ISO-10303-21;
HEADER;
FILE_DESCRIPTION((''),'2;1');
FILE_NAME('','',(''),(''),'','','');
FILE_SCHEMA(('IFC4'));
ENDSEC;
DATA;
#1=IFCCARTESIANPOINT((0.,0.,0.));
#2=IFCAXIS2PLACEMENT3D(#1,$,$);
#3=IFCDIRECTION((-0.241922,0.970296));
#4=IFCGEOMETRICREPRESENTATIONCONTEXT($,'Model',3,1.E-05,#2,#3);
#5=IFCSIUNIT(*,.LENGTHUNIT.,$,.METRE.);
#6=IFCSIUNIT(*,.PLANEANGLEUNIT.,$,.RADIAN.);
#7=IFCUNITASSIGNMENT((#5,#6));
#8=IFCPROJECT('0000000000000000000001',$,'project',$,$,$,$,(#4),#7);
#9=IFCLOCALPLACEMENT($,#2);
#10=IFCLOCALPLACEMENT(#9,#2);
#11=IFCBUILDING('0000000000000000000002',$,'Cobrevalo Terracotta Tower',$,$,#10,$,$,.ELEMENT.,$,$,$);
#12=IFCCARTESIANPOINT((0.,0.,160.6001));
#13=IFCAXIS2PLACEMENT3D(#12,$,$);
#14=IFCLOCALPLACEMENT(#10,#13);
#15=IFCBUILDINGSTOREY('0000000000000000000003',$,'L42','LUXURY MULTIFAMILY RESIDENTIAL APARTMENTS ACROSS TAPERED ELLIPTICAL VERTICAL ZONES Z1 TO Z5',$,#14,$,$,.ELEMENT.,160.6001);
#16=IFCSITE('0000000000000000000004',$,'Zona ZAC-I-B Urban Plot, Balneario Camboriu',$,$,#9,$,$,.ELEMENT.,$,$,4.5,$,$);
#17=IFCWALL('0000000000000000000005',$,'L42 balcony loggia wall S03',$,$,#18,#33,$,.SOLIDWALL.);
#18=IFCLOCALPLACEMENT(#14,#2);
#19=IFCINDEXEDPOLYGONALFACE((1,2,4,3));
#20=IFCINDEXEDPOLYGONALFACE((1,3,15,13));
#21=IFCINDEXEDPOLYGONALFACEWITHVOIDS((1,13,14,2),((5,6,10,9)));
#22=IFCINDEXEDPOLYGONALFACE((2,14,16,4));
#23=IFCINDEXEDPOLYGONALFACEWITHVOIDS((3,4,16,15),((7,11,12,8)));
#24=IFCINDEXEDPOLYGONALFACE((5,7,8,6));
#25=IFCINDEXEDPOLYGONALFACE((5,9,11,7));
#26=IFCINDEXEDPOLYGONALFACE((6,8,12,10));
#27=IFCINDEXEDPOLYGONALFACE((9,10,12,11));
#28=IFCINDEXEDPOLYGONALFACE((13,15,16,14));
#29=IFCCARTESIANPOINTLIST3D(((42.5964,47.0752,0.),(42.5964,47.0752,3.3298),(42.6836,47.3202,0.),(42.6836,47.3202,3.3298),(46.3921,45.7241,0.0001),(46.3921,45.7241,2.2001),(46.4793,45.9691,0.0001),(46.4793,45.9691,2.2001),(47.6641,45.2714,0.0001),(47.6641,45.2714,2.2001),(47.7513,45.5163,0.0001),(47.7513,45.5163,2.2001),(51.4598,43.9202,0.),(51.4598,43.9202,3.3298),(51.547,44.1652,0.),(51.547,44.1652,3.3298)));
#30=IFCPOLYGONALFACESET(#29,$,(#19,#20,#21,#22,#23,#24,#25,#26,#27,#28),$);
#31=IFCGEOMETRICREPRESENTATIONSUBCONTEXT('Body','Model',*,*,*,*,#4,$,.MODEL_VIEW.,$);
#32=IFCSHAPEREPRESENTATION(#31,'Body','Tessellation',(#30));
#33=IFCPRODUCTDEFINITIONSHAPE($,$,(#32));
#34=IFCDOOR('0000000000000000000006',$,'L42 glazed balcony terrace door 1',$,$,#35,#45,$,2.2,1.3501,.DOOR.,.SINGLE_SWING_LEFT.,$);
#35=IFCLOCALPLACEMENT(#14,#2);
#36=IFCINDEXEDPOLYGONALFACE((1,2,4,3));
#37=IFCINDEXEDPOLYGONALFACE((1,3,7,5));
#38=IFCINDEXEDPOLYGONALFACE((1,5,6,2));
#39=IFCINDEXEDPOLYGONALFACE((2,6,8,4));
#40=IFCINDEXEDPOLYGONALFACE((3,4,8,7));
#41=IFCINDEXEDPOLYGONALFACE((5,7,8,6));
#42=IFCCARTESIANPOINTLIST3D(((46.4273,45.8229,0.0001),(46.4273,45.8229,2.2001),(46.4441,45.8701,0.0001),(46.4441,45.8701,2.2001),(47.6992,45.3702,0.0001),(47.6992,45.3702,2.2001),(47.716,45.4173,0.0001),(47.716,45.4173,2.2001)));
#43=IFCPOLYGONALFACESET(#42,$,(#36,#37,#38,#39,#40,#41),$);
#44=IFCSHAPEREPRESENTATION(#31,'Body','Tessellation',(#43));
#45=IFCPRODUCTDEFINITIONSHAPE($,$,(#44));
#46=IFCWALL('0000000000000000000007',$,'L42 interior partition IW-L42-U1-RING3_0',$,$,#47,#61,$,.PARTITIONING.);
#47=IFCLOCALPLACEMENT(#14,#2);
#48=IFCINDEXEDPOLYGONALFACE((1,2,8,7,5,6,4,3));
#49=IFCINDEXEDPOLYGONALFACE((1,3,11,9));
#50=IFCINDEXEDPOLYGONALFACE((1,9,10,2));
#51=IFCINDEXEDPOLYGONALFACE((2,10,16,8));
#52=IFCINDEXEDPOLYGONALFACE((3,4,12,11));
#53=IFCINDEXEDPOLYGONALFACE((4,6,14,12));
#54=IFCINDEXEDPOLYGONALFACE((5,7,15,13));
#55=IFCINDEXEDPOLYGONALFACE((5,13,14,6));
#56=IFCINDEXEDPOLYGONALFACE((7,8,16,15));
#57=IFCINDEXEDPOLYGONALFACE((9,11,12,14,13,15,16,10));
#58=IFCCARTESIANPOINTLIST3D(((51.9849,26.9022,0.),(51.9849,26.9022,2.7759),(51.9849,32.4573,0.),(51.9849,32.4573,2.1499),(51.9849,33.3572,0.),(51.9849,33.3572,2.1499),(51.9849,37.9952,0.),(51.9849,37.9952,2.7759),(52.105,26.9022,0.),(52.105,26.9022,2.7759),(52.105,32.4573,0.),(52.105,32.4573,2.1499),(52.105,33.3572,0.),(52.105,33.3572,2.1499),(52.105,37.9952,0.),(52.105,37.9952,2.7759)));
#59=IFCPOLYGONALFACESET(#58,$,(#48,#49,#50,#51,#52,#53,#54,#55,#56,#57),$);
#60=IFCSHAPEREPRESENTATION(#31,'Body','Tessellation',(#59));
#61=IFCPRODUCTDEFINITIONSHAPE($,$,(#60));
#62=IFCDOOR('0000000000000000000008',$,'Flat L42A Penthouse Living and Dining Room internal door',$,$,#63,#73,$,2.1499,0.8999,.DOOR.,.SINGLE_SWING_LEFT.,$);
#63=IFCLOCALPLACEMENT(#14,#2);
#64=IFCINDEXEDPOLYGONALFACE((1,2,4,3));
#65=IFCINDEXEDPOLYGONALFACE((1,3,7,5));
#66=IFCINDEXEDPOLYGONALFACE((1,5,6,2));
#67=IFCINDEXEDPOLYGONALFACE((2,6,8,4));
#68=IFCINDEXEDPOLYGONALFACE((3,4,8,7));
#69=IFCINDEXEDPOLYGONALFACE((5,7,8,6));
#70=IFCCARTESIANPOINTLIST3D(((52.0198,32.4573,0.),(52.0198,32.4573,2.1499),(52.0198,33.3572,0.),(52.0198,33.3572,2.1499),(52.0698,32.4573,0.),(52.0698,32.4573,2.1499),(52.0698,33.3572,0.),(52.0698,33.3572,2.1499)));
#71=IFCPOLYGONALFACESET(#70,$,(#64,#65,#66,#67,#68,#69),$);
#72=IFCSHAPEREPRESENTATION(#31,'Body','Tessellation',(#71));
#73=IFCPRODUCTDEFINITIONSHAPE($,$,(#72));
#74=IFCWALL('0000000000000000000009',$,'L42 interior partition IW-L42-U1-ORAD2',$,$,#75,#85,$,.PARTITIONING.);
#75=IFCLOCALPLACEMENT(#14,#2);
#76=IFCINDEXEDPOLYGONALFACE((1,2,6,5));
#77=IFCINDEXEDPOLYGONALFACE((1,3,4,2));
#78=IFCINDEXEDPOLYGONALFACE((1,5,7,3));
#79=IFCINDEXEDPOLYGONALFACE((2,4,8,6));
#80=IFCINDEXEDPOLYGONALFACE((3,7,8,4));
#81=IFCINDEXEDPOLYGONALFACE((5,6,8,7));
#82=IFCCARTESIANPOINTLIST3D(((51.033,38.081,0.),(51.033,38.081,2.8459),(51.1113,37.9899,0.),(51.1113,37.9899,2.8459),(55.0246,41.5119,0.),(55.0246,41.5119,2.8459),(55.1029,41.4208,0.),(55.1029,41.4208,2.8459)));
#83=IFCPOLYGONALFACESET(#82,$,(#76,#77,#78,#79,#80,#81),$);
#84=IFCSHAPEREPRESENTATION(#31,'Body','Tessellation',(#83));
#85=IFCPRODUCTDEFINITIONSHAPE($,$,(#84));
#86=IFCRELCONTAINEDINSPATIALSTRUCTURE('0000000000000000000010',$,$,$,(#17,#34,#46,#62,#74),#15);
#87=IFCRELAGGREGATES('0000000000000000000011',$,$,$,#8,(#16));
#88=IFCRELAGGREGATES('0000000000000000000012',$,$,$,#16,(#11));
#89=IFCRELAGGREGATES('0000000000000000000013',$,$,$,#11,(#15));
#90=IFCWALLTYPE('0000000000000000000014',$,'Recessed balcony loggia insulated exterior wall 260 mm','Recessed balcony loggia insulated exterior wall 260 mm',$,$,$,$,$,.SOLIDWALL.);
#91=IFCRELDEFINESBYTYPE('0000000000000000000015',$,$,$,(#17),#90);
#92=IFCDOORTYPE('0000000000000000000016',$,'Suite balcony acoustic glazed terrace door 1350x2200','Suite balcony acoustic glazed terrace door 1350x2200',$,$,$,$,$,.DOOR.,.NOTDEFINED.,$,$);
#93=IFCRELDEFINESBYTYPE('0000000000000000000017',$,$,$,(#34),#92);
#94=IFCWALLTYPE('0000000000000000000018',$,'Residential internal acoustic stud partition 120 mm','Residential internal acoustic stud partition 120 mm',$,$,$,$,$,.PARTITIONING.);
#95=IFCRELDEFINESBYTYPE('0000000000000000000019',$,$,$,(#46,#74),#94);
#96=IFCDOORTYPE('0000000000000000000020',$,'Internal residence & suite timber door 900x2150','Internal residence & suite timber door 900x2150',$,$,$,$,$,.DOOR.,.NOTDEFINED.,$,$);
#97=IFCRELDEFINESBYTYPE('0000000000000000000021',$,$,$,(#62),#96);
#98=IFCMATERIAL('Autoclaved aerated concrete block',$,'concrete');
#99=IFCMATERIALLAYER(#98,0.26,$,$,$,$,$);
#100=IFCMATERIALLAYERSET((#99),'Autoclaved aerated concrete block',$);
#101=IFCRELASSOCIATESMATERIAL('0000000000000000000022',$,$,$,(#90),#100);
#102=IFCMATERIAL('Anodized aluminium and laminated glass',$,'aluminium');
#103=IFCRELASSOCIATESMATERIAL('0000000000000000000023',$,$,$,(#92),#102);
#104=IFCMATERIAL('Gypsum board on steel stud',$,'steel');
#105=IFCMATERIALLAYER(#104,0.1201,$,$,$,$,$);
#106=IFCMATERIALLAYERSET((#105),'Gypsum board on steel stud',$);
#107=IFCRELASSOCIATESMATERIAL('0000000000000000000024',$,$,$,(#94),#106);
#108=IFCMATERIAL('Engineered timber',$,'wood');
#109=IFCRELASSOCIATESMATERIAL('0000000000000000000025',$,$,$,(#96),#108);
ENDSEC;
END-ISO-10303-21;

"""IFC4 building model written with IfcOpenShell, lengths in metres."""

from ifc_helpers import new_model, si_unit, direction, frame, frame_2d, origin, place, context, subcontext, project, spatial, rectangle, extrude, source, transform, mapped, material, layer, layer_set, type_object, element, fill, save


model = new_model("IFC4")

# Units and contexts
model_context = context("Model", 3, precision=1e-05, world=origin(), true_north=direction((-0.241922, 0.970296)))
body_context = subcontext(model_context, "Body", "Model", "MODEL_VIEW")
ifc_project = project(units=[si_unit("LENGTHUNIT", "METRE"), si_unit("PLANEANGLEUNIT", "RADIAN")], contexts=[model_context])

# Site, building, storey
site_placement = place(None, origin())
site = spatial("IfcSite", under=ifc_project, at=site_placement, Name="Zona ZAC-I-B Urban Plot, Balneario Camboriu", CompositionType="ELEMENT", RefElevation=4.5)
building_placement = place(site_placement, origin())
building = spatial("IfcBuilding", under=site, at=building_placement, Name="Cobrevalo Terracotta Tower", CompositionType="ELEMENT")
storey_placement = place(building_placement, frame((0.0, 0.0, 160.6001)))
storey = spatial("IfcBuildingStorey", under=building, at=storey_placement, Name="L42", Description="LUXURY MULTIFAMILY RESIDENTIAL APARTMENTS ACROSS TAPERED ELLIPTICAL VERTICAL ZONES Z1 TO Z5", CompositionType="ELEMENT", Elevation=160.6001)

# Walls, openings, doors
ifc_material_1 = material(Name="Autoclaved aerated concrete block", Category="concrete")
ifc_layer_1 = layer(ifc_material_1, 0.26)
ifc_layer_set_1 = layer_set([ifc_layer_1], Name="Autoclaved aerated concrete block")
wall_type_1 = type_object("IfcWallType", Name="Recessed balcony loggia insulated exterior wall 260 mm", Description="Recessed balcony loggia insulated exterior wall 260 mm", PredefinedType="SOLIDWALL", material=ifc_layer_set_1)
wall_1_placement = place(storey_placement, frame((51.5034, 44.0427, 0.0), z_axis=(0.0, 0.0, 1.0), x_axis=(-0.942095, 0.335345, 0.0)))
wall_1 = element("IfcWall", 1, at=wall_1_placement, inside=storey, type_object=wall_type_1, Name="L42 balcony loggia wall S03", PredefinedType="SOLIDWALL", context=body_context, shape_type="SweptSolid", body=[
    extrude(rectangle(XDim=9.4082, YDim=0.26, at=frame_2d((4.7041, 0.0))), origin(), (0.0, 0.0, 1.0), 3.3298),
])
opening_1_placement = place(wall_1_placement, frame((4.0291, 0.0, 0.0)))
opening_1 = element("IfcOpeningElement", 2, at=opening_1_placement, cuts=wall_1, PredefinedType="OPENING", context=body_context, shape_type="SweptSolid", body=[
    extrude(rectangle(XDim=1.3501, YDim=2.2, at=frame_2d((0.675, 1.1001))), frame((0.0, 0.1401, 0.0), z_axis=(0.0, -1.0, 0.0), x_axis=(1.0, 0.0, 0.0)), (0.0, 0.0, 1.0), 0.28),
])
ifc_material_2 = material(Name="Anodized aluminium and laminated glass", Category="aluminium")
door_type_1 = type_object("IfcDoorType", Name="Suite balcony acoustic glazed terrace door 1350x2200", Description="Suite balcony acoustic glazed terrace door 1350x2200", OperationType="NOTDEFINED", PredefinedType="DOOR", material=ifc_material_2)
shared_shape_1 = source(origin(), body_context, "Body", "SweptSolid", [
    extrude(rectangle(XDim=1.3501, YDim=2.2, at=frame_2d((0.675, 1.1001))), frame((0.0, 0.0249, 0.0), z_axis=(0.0, -1.0, 0.0), x_axis=(1.0, 0.0, 0.0)), (0.0, 0.0, 1.0), 0.05),
])
door_1_placement = place(opening_1_placement, frame((1.3501, 0.0, 0.0), z_axis=(0.0, 0.0, 1.0), x_axis=(-1.0, 0.0, 0.0)))
door_1 = element("IfcDoor", 3, at=door_1_placement, inside=storey, type_object=door_type_1, Name="L42 glazed balcony terrace door 1", OperationType="SINGLE_SWING_LEFT", OverallHeight=2.2, OverallWidth=1.3501, PredefinedType="DOOR", context=body_context, shape_type="MappedRepresentation", body=[
    mapped(shared_shape_1, transform((0.0, 0.0, 0.0), scale=1.0)),
])
fill(opening_1, door_1)
ifc_material_3 = material(Name="Gypsum board on steel stud", Category="steel")
ifc_layer_2 = layer(ifc_material_3, 0.1201)
ifc_layer_set_2 = layer_set([ifc_layer_2], Name="Gypsum board on steel stud")
wall_type_2 = type_object("IfcWallType", Name="Residential internal acoustic stud partition 120 mm", Description="Residential internal acoustic stud partition 120 mm", PredefinedType="PARTITIONING", material=ifc_layer_set_2)
wall_2_placement = place(storey_placement, frame((52.0449, 37.9951, 0.0), z_axis=(0.0, 0.0, 1.0), x_axis=(0.0, -1.0, 0.0)))
wall_2 = element("IfcWall", 4, at=wall_2_placement, inside=storey, type_object=wall_type_2, Name="L42 interior partition IW-L42-U1-RING3_0", PredefinedType="PARTITIONING", context=body_context, shape_type="SweptSolid", body=[
    extrude(rectangle(XDim=11.093, YDim=0.1201, at=frame_2d((5.5464, 0.0))), origin(), (0.0, 0.0, 1.0), 2.7759),
])
opening_2_placement = place(wall_2_placement, frame((4.6379, 0.0, 0.0)))
opening_2 = element("IfcOpeningElement", 5, at=opening_2_placement, cuts=wall_2, PredefinedType="OPENING", context=body_context, shape_type="SweptSolid", body=[
    extrude(rectangle(XDim=0.8999, YDim=2.1499, at=frame_2d((0.45, 1.075))), frame((0.0, 0.0701, 0.0), z_axis=(0.0, -1.0, 0.0), x_axis=(1.0, 0.0, 0.0)), (0.0, 0.0, 1.0), 0.1401),
])
ifc_material_4 = material(Name="Engineered timber", Category="wood")
door_type_2 = type_object("IfcDoorType", Name="Internal residence & suite timber door 900x2150", Description="Internal residence & suite timber door 900x2150", OperationType="NOTDEFINED", PredefinedType="DOOR", material=ifc_material_4)
shared_shape_2 = source(origin(), body_context, "Body", "SweptSolid", [
    extrude(rectangle(XDim=0.8999, YDim=2.1499, at=frame_2d((0.45, 1.075))), frame((0.0, 0.0249, 0.0), z_axis=(0.0, -1.0, 0.0), x_axis=(1.0, 0.0, 0.0)), (0.0, 0.0, 1.0), 0.05),
])
door_2_placement = place(opening_2_placement, origin())
door_2 = element("IfcDoor", 6, at=door_2_placement, inside=storey, type_object=door_type_2, Name="Flat L42A Penthouse Living and Dining Room internal door", OperationType="SINGLE_SWING_LEFT", OverallHeight=2.1499, OverallWidth=0.8999, PredefinedType="DOOR", context=body_context, shape_type="MappedRepresentation", body=[
    mapped(shared_shape_2, transform((0.0, 0.0, 0.0), scale=1.0)),
])
fill(opening_2, door_2)

# Wall
wall_3_placement = place(storey_placement, frame((51.072, 38.0354, 0.0), z_axis=(0.0, 0.0, 1.0), x_axis=(0.758369, 0.651826, 0.0)))
element("IfcWall", 7, at=wall_3_placement, inside=storey, type_object=wall_type_2, Name="L42 interior partition IW-L42-U1-ORAD2", PredefinedType="PARTITIONING", context=body_context, shape_type="SweptSolid", body=[
    extrude(rectangle(XDim=5.2634, YDim=0.1201, at=frame_2d((2.6318, 0.0))), origin(), (0.0, 0.0, 1.0), 2.8459),
])

save(model, "model.ifc")
